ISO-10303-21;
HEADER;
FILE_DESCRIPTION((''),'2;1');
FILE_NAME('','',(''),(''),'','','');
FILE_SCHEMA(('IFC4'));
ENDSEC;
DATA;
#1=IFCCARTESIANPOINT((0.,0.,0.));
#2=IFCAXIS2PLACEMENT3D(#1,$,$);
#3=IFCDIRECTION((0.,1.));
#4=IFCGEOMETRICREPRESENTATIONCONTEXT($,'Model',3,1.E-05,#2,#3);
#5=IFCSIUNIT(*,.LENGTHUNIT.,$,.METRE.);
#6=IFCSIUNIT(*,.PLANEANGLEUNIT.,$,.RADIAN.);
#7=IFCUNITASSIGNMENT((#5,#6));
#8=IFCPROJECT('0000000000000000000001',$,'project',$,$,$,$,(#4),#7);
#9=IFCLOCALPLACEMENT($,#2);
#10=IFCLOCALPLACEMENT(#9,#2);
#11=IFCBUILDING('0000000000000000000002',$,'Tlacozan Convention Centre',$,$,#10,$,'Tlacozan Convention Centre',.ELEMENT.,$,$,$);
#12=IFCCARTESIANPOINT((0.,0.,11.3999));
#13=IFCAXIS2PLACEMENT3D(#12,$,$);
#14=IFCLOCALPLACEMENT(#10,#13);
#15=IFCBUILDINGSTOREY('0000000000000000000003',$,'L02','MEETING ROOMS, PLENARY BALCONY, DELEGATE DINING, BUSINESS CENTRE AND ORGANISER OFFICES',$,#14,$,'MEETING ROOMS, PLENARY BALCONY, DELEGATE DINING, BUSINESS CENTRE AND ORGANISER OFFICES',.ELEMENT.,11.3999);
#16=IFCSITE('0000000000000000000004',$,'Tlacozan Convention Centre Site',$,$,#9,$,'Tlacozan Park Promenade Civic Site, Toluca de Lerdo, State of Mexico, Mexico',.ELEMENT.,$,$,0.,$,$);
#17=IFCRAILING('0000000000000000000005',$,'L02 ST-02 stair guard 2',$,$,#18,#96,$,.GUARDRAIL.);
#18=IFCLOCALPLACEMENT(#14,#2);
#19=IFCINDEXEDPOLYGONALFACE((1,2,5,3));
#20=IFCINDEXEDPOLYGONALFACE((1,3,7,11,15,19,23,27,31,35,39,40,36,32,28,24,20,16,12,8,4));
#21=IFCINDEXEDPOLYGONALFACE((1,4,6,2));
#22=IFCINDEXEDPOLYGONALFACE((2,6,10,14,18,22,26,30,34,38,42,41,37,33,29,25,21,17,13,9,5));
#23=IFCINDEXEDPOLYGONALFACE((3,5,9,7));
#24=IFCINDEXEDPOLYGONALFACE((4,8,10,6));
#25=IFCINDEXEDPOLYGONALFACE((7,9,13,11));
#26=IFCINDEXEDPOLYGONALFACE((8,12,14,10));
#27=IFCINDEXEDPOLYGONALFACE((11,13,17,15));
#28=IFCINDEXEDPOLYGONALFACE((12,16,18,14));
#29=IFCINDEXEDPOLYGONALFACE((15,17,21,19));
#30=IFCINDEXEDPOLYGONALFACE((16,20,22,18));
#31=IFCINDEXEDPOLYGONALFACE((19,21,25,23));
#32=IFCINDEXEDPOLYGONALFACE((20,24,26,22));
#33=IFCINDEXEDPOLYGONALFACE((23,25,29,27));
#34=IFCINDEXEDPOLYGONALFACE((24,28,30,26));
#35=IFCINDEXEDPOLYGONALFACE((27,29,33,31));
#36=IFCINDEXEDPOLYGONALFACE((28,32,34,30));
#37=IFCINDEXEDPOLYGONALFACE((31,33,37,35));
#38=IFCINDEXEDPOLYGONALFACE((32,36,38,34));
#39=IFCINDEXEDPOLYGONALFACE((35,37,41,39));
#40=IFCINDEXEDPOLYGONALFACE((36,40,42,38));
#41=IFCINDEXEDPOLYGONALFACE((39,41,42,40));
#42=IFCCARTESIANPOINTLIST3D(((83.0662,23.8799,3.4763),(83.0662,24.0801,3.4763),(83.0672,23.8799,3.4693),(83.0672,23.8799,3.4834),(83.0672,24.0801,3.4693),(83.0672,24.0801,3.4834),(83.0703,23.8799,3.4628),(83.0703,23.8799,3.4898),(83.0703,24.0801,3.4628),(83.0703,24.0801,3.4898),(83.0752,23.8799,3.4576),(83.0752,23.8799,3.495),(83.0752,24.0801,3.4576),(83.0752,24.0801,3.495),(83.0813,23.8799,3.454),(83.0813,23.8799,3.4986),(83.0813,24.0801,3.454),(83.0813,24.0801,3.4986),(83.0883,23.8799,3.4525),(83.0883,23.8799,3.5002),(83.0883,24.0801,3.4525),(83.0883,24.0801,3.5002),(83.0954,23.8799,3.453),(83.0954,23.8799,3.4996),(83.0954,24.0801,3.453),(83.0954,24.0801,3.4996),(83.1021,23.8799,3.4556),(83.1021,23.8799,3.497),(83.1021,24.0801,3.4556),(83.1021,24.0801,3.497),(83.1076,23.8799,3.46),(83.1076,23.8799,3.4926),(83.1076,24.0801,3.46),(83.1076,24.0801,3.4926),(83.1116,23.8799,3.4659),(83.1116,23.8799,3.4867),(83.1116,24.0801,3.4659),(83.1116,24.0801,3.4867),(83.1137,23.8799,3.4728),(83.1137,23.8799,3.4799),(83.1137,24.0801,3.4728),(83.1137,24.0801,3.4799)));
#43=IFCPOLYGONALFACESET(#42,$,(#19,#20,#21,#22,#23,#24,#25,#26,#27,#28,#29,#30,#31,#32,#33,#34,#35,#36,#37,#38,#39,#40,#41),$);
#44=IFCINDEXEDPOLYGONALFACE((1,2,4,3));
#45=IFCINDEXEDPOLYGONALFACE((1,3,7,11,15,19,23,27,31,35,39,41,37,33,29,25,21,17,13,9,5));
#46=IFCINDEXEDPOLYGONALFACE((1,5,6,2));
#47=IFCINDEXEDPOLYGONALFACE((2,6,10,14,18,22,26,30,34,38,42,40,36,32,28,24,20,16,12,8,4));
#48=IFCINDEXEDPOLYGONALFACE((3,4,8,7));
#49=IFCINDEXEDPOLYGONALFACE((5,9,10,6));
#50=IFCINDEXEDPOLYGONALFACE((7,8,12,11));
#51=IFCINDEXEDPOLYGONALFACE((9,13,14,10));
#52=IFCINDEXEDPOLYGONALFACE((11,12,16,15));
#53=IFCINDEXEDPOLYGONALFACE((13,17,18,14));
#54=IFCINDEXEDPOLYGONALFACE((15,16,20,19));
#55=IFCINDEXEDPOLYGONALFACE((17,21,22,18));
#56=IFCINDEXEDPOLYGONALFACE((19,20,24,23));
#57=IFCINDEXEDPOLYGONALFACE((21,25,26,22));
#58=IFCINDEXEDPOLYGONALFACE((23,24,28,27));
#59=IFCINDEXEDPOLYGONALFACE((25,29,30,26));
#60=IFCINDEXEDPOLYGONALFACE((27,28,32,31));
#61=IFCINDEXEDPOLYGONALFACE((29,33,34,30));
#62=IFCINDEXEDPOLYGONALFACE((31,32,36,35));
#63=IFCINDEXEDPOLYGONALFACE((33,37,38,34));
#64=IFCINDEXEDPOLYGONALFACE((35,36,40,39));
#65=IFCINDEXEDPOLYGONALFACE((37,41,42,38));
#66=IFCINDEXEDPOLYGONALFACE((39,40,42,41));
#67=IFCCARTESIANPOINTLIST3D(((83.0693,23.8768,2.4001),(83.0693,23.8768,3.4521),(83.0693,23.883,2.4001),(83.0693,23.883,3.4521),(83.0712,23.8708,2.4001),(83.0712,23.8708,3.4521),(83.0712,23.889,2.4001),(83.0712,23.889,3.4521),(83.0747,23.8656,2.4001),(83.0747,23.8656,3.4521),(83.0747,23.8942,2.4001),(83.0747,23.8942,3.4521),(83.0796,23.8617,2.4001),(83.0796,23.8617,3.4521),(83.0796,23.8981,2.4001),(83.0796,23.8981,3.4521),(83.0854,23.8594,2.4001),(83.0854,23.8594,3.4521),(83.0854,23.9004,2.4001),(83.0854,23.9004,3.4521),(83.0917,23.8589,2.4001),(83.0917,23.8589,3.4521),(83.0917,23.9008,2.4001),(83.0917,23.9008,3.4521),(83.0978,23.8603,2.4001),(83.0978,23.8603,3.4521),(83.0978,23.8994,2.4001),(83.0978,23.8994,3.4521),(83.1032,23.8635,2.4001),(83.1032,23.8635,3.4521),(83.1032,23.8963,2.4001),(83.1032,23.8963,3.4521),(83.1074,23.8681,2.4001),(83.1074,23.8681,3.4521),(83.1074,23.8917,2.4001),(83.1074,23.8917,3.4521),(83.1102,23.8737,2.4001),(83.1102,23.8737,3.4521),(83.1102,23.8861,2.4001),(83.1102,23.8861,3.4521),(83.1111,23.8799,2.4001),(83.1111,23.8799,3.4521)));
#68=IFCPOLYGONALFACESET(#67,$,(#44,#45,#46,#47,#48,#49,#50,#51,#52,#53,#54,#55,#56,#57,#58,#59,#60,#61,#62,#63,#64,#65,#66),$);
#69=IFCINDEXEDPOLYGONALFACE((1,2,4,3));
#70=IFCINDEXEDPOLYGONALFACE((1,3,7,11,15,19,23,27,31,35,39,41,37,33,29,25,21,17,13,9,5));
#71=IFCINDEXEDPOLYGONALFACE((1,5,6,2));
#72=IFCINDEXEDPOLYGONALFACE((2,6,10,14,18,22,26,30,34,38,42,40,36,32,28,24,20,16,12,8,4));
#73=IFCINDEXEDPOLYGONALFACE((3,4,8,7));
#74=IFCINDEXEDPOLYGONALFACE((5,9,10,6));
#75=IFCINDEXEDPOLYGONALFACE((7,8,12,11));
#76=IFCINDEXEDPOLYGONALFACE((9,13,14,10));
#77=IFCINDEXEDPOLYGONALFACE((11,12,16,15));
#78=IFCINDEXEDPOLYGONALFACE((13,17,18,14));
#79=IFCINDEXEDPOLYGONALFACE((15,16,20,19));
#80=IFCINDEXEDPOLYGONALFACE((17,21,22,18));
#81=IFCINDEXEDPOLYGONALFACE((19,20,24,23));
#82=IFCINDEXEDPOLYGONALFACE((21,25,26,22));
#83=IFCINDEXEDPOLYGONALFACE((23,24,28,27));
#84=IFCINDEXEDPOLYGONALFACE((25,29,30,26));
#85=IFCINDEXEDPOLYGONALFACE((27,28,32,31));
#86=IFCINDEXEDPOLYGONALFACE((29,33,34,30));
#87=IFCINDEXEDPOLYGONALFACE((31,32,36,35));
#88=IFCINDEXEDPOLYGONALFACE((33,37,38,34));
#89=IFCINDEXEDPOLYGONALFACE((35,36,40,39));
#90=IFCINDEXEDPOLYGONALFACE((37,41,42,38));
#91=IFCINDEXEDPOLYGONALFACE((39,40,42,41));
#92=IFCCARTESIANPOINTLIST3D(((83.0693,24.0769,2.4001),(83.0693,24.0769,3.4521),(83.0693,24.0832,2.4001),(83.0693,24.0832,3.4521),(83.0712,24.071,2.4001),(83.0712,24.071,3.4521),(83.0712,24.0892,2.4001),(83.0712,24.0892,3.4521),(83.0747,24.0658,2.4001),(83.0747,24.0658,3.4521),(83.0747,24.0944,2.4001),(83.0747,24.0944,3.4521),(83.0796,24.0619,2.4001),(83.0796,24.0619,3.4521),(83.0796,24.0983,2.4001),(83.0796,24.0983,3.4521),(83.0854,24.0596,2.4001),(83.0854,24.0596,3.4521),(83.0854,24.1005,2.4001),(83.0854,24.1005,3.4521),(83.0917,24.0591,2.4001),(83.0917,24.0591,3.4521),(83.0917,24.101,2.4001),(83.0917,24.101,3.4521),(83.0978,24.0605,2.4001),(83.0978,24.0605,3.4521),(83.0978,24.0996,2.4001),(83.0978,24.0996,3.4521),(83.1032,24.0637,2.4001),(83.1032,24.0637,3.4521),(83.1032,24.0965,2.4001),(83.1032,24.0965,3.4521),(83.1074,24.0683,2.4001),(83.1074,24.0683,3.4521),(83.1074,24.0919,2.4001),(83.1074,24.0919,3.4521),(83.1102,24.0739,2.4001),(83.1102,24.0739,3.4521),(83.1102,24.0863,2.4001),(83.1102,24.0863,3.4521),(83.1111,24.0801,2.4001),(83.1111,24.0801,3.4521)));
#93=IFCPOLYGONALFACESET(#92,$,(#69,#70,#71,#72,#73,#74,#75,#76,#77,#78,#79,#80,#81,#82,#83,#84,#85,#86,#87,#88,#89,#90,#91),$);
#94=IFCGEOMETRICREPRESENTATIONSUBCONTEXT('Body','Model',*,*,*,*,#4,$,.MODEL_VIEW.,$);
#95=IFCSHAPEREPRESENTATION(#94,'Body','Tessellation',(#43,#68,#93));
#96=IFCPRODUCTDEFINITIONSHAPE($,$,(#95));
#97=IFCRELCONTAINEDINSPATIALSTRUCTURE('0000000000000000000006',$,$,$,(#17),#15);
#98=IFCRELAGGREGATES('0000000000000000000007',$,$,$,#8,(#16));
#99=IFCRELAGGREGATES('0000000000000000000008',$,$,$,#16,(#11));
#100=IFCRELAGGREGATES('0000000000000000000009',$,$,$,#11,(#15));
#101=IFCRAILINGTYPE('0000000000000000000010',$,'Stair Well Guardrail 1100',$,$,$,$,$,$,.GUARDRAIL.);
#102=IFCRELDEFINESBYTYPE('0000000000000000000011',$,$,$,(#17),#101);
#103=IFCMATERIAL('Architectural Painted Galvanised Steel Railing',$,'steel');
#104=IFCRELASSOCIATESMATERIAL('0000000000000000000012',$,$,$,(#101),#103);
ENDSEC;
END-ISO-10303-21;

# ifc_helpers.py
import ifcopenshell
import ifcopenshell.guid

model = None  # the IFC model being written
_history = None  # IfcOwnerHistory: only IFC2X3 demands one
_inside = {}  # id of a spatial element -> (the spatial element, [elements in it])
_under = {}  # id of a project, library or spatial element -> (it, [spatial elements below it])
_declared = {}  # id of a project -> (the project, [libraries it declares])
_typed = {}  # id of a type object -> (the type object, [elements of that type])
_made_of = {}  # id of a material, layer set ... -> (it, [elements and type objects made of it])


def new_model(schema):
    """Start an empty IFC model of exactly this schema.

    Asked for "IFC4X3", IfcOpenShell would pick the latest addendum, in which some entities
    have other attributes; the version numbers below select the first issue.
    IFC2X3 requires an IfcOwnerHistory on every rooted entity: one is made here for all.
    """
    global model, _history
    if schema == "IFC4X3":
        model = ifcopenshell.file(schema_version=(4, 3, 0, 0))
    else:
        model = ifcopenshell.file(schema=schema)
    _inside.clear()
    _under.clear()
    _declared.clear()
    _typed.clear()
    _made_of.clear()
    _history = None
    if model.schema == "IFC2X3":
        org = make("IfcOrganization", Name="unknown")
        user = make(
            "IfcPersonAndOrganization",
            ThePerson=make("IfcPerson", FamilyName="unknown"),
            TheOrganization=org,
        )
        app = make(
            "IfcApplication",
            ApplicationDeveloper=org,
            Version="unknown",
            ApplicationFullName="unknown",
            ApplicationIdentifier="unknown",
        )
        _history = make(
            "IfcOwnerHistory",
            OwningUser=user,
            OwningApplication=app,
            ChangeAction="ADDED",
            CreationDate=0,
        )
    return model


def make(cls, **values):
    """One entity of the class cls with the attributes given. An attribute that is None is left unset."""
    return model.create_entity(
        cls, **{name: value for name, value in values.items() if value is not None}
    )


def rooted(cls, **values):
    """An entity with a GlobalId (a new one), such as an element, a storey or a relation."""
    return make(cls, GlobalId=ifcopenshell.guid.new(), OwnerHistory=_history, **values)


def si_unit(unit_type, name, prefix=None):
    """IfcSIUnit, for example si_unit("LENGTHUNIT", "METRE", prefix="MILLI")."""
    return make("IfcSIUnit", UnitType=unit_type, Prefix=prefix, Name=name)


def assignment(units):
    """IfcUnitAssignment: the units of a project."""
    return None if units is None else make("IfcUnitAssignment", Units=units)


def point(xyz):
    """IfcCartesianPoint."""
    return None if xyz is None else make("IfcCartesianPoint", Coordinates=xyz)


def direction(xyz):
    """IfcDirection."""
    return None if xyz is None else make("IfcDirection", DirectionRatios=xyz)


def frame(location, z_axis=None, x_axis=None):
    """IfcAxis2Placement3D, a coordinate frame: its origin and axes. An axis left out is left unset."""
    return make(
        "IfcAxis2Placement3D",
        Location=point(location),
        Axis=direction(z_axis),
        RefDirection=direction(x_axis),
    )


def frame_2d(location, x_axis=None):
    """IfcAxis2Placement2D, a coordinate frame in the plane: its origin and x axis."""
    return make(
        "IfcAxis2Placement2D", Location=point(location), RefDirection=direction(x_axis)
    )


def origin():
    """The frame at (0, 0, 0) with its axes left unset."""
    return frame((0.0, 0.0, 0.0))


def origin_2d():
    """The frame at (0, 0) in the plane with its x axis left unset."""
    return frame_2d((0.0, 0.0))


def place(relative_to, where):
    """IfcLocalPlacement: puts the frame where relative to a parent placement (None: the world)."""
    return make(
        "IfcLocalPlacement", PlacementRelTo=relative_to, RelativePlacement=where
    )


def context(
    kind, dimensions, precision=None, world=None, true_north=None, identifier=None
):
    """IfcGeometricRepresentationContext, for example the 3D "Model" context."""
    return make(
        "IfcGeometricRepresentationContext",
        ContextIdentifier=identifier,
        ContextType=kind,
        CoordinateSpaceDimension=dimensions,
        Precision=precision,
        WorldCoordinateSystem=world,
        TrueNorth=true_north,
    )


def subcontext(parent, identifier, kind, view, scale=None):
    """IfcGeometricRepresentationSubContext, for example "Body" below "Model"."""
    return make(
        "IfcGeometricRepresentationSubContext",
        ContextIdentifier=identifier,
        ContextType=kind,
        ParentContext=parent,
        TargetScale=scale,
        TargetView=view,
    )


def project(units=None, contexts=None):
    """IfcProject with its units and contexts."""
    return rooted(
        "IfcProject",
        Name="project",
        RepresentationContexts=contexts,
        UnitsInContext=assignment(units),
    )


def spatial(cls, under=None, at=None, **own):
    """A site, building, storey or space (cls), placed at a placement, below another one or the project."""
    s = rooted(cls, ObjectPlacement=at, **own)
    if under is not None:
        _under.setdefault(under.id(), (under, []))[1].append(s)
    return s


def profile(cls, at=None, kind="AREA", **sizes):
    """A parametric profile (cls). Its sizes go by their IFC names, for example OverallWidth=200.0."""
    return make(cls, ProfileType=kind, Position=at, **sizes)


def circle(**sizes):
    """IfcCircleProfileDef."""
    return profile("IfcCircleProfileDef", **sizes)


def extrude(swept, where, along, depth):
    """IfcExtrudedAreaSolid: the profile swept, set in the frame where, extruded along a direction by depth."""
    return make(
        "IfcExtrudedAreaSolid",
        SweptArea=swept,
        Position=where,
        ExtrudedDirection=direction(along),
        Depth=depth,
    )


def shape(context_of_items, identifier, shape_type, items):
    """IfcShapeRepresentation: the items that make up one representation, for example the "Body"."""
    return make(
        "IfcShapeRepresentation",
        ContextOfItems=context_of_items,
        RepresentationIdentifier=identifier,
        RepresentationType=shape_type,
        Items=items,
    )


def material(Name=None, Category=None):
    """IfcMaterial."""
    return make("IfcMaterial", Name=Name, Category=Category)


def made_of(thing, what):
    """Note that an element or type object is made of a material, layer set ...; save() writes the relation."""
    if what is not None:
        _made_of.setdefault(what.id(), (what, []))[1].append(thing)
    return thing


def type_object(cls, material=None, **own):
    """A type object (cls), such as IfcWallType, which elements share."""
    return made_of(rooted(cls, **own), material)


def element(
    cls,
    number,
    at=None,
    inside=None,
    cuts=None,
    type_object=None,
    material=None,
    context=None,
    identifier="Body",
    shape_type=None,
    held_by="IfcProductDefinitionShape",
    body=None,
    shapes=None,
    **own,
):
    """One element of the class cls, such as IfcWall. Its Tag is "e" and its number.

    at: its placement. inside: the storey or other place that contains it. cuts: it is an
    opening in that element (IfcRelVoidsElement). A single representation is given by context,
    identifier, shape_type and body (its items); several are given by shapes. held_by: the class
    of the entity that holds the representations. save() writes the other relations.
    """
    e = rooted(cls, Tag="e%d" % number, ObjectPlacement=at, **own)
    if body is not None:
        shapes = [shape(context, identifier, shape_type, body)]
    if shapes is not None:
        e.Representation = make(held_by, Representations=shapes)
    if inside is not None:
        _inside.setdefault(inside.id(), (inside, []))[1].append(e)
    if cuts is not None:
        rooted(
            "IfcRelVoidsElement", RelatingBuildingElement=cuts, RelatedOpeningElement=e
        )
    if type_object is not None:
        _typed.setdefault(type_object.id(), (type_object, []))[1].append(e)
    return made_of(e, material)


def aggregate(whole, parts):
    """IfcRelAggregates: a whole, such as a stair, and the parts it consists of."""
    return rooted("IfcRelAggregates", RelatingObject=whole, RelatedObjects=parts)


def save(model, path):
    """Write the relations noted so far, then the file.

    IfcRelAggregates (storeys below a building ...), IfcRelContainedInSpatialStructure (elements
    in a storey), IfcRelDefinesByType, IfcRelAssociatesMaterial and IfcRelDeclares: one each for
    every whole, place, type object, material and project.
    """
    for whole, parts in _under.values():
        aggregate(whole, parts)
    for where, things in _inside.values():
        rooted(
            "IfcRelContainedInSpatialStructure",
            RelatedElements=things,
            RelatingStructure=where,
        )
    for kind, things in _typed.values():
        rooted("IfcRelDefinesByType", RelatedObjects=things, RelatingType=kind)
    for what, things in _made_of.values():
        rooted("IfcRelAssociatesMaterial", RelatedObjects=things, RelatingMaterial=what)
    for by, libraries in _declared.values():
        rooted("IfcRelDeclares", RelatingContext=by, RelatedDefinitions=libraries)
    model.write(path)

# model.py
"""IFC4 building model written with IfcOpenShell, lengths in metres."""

from ifc_helpers import new_model, si_unit, direction, frame, origin, origin_2d, place, context, subcontext, project, spatial, circle, extrude, material, type_object, element, save


model = new_model("IFC4")

# Units and contexts
model_context = context("Model", 3, precision=1e-05, world=origin(), true_north=direction((0.0, 1.0)))
body_context = subcontext(model_context, "Body", "Model", "MODEL_VIEW")
ifc_project = project(units=[si_unit("LENGTHUNIT", "METRE"), si_unit("PLANEANGLEUNIT", "RADIAN")], contexts=[model_context])

# Site, building, storey
site_placement = place(None, origin())
site = spatial("IfcSite", under=ifc_project, at=site_placement, Name="Tlacozan Convention Centre Site", LongName="Tlacozan Park Promenade Civic Site, Toluca de Lerdo, State of Mexico, Mexico", CompositionType="ELEMENT", RefElevation=0.0)
building_placement = place(site_placement, origin())
building = spatial("IfcBuilding", under=site, at=building_placement, Name="Tlacozan Convention Centre", LongName="Tlacozan Convention Centre", CompositionType="ELEMENT")
storey_placement = place(building_placement, frame((0.0, 0.0, 11.3999)))
storey = spatial("IfcBuildingStorey", under=building, at=storey_placement, Name="L02", Description="MEETING ROOMS, PLENARY BALCONY, DELEGATE DINING, BUSINESS CENTRE AND ORGANISER OFFICES", LongName="MEETING ROOMS, PLENARY BALCONY, DELEGATE DINING, BUSINESS CENTRE AND ORGANISER OFFICES", CompositionType="ELEMENT", Elevation=11.3999)

# Railing
ifc_material_1 = material(Name="Architectural Painted Galvanised Steel Railing", Category="steel")
railing_type_1 = type_object("IfcRailingType", Name="Stair Well Guardrail 1100", PredefinedType="GUARDRAIL", material=ifc_material_1)
railing_1_placement = place(storey_placement, frame((83.0901, 23.8799, 2.4001)))
element("IfcRailing", 1, at=railing_1_placement, inside=storey, type_object=railing_type_1, Name="L02 ST-02 stair guard 2", PredefinedType="GUARDRAIL", context=body_context, shape_type="SweptSolid", body=[
    extrude(circle(Radius=0.0239, at=origin_2d()), frame((0.0, 0.0, 1.0762), z_axis=(0.0, 1.0, 0.0), x_axis=(-1.0, 0.0, 0.0)), (0.0, 0.0, 1.0), 0.2002),
    extrude(circle(Radius=0.021, at=origin_2d()), origin(), (0.0, 0.0, 1.0), 1.052),
    extrude(circle(Radius=0.021, at=origin_2d()), frame((0.0, 0.2002, 0.0)), (0.0, 0.0, 1.0), 1.052),
])

save(model, "model.ifc")
